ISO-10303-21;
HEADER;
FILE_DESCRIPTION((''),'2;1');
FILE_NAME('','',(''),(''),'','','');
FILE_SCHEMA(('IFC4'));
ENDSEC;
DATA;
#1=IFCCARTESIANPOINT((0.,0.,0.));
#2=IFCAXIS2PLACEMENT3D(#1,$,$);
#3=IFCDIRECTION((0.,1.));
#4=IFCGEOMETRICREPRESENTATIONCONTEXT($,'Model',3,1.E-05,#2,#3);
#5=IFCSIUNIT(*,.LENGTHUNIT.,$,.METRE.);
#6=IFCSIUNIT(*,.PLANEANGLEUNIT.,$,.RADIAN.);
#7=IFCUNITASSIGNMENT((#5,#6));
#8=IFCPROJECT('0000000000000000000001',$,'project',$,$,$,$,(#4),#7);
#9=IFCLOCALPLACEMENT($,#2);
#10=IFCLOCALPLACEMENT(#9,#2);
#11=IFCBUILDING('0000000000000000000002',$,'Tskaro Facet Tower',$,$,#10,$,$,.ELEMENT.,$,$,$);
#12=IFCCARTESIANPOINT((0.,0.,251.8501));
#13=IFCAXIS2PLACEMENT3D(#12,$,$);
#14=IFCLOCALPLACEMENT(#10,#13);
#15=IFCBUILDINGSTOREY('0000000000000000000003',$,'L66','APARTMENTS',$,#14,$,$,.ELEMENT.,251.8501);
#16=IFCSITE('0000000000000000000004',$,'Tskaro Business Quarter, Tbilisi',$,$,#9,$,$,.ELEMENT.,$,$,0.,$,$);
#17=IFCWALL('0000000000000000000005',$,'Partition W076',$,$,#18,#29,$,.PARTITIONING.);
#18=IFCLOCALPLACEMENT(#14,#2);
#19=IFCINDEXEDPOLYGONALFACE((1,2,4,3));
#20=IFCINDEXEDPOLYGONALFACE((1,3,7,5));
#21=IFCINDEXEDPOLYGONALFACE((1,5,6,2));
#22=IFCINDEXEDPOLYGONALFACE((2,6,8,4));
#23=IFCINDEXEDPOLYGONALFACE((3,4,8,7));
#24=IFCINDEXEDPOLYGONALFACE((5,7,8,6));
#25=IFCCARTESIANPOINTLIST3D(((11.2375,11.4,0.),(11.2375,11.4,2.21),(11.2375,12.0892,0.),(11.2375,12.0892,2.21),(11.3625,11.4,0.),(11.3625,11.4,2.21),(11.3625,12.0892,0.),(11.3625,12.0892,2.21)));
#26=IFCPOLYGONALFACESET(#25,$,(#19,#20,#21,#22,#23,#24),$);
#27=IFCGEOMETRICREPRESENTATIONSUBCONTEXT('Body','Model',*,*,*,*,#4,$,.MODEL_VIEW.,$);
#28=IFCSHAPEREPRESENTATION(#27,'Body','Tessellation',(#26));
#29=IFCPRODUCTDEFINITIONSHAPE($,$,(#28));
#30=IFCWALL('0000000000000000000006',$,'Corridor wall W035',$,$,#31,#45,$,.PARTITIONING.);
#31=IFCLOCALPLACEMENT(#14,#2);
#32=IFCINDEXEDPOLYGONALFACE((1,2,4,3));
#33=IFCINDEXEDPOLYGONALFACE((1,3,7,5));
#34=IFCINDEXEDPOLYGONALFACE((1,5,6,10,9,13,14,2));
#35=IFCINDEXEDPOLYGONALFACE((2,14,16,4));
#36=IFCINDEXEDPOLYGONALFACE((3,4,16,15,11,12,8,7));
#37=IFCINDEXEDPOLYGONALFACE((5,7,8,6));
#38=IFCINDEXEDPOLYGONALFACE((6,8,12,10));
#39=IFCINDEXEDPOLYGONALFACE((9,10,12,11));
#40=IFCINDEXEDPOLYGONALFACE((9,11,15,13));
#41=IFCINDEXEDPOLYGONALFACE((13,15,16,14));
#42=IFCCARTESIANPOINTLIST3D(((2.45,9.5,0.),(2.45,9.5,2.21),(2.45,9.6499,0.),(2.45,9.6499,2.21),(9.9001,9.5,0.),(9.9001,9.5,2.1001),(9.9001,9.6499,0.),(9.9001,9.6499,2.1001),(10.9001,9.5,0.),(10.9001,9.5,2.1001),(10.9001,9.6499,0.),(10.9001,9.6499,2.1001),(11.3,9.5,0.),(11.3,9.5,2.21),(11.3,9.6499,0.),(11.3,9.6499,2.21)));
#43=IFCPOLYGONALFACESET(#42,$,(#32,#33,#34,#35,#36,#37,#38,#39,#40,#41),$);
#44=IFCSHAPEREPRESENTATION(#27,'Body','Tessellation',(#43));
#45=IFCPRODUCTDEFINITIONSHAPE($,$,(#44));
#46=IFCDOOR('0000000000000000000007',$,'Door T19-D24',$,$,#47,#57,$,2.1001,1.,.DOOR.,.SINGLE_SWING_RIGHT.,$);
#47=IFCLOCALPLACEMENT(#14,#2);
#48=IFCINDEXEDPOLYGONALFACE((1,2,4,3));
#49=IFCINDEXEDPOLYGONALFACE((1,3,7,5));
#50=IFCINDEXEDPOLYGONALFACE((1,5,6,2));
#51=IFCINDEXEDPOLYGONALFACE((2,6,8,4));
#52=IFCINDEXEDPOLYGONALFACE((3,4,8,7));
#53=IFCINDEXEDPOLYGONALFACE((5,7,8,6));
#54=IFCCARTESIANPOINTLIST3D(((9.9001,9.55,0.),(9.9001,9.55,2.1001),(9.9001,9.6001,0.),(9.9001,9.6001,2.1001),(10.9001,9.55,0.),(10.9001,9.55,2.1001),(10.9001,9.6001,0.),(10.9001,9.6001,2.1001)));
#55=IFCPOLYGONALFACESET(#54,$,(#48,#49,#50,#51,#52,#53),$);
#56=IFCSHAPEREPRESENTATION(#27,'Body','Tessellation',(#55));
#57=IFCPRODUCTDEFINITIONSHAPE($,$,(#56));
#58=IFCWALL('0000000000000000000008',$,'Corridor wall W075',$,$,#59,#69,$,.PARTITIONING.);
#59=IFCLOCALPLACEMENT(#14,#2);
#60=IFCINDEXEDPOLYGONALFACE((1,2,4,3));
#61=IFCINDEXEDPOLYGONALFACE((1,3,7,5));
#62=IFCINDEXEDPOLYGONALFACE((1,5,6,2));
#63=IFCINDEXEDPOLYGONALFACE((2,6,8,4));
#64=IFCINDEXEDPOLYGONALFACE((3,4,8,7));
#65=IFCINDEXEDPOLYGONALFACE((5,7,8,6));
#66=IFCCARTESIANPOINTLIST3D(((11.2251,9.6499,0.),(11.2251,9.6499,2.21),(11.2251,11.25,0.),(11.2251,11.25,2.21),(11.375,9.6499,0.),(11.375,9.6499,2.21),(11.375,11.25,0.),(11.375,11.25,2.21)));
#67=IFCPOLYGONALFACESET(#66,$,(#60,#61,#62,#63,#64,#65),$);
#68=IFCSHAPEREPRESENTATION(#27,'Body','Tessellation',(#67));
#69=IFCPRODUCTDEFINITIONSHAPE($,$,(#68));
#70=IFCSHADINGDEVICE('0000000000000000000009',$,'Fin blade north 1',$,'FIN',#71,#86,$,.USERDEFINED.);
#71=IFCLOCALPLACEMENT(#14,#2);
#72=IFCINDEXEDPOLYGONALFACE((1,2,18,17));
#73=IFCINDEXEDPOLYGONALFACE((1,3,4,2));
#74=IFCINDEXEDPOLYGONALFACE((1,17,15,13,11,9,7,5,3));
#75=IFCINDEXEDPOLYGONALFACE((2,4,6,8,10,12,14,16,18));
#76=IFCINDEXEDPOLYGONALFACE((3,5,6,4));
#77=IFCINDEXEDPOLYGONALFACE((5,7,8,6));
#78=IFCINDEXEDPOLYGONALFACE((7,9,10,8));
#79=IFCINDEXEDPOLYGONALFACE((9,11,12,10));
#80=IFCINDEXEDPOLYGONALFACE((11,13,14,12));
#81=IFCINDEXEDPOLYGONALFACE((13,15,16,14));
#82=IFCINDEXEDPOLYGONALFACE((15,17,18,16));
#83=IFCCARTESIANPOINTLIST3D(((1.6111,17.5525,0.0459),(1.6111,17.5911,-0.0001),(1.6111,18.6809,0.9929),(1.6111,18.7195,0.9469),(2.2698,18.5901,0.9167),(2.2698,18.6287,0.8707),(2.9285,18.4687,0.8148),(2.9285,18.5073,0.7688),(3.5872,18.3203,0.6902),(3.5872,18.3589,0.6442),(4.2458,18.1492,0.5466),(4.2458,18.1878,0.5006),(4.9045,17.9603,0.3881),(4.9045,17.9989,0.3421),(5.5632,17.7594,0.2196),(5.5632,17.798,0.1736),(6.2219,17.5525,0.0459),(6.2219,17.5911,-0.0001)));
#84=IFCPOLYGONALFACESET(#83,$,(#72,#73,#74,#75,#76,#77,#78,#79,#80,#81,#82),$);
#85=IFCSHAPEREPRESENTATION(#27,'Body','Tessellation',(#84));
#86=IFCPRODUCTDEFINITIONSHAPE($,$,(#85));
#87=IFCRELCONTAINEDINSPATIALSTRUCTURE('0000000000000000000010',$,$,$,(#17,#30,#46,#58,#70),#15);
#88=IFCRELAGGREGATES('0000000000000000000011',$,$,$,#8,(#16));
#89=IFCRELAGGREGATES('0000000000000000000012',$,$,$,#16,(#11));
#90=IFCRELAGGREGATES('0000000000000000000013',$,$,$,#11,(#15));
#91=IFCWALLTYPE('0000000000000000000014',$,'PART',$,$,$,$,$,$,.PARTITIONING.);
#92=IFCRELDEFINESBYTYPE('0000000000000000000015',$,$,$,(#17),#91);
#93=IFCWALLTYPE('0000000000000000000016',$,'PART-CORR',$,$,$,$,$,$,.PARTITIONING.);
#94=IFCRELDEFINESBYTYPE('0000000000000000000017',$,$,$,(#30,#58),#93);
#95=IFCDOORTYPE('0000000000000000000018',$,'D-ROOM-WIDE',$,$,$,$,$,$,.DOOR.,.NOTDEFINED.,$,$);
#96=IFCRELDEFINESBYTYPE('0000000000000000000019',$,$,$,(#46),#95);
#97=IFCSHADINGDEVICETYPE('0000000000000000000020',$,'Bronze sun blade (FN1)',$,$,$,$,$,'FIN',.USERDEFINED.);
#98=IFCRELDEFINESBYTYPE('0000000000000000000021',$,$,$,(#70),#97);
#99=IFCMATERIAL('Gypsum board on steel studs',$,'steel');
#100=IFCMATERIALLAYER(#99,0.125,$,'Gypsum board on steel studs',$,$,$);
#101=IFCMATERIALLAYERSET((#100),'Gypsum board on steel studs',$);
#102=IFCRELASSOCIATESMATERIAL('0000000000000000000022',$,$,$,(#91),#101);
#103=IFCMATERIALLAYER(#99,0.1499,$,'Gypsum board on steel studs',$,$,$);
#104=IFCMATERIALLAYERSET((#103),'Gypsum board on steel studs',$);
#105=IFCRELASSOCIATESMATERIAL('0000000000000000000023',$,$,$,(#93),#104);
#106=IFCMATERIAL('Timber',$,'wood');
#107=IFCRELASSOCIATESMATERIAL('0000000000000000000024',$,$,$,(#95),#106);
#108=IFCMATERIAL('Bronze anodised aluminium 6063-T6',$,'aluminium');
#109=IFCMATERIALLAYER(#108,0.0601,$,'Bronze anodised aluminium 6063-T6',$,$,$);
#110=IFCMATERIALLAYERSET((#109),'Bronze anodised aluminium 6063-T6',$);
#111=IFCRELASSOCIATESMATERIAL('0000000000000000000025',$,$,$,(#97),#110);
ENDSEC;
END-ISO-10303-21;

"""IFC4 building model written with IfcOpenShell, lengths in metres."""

from ifc_helpers import new_model, si_unit, direction, frame, frame_2d, origin, place, context, subcontext, project, spatial, polyline, rectangle, outline, extrude, material, layer, layer_set, type_object, element, fill, save


model = new_model("IFC4")

# Units and contexts
model_context = context("Model", 3, precision=1e-05, world=origin(), true_north=direction((0.0, 1.0)))
body_context = subcontext(model_context, "Body", "Model", "MODEL_VIEW")
ifc_project = project(units=[si_unit("LENGTHUNIT", "METRE"), si_unit("PLANEANGLEUNIT", "RADIAN")], contexts=[model_context])

# Site, building, storey
site_placement = place(None, origin())
site = spatial("IfcSite", under=ifc_project, at=site_placement, Name="Tskaro Business Quarter, Tbilisi", CompositionType="ELEMENT", RefElevation=0.0)
building_placement = place(site_placement, origin())
building = spatial("IfcBuilding", under=site, at=building_placement, Name="Tskaro Facet Tower", CompositionType="ELEMENT")
storey_placement = place(building_placement, frame((0.0, 0.0, 251.8501)))
storey = spatial("IfcBuildingStorey", under=building, at=storey_placement, Name="L66", Description="APARTMENTS", CompositionType="ELEMENT", Elevation=251.8501)

# Shared definitions
ifc_material_1 = material(Name="Bronze anodised aluminium 6063-T6", Category="aluminium")

# Shared definitions
ifc_material_2 = material(Name="Gypsum board on steel studs", Category="steel")
ifc_layer_1 = layer(ifc_material_2, 0.125, Name="Gypsum board on steel studs")
ifc_layer_set_1 = layer_set([ifc_layer_1], Name="Gypsum board on steel studs")
wall_type_1 = type_object("IfcWallType", Name="PART", PredefinedType="PARTITIONING", material=ifc_layer_set_1)
ifc_material_3 = material(Name="Timber", Category="wood")

# Wall
wall_1_placement = place(storey_placement, frame((11.3, 11.3999, 0.0), z_axis=(0.0, 0.0, 1.0), x_axis=(0.0, 1.0, 0.0)))
element("IfcWall", 1, at=wall_1_placement, inside=storey, type_object=wall_type_1, Name="Partition W076", PredefinedType="PARTITIONING", context=body_context, shape_type="SweptSolid", body=[
    extrude(rectangle(XDim=0.6892, YDim=0.125, at=frame_2d((0.3447, 0.0))), origin(), (0.0, 0.0, 1.0), 2.21),
])

# Wall, opening, door
ifc_layer_2 = layer(ifc_material_2, 0.1499, Name="Gypsum board on steel studs")
ifc_layer_set_2 = layer_set([ifc_layer_2], Name="Gypsum board on steel studs")
wall_type_2 = type_object("IfcWallType", Name="PART-CORR", PredefinedType="PARTITIONING", material=ifc_layer_set_2)
wall_2_placement = place(storey_placement, frame((11.3, 9.575, 0.0), z_axis=(0.0, 0.0, 1.0), x_axis=(-1.0, 0.0, 0.0)))
wall_2 = element("IfcWall", 2, at=wall_2_placement, inside=storey, type_object=wall_type_2, Name="Corridor wall W035", PredefinedType="PARTITIONING", context=body_context, shape_type="SweptSolid", body=[
    extrude(rectangle(XDim=8.8501, YDim=0.1499, at=frame_2d((4.425, 0.0))), origin(), (0.0, 0.0, 1.0), 2.21),
])
opening_1_placement = place(wall_2_placement, frame((0.3999, 0.0, 0.0)))
opening_1 = element("IfcOpeningElement", 3, at=opening_1_placement, cuts=wall_2, PredefinedType="OPENING", context=body_context, shape_type="SweptSolid", body=[
    extrude(rectangle(XDim=1.0, YDim=2.1001, at=frame_2d((0.5, 1.05))), frame((0.0, 0.085, 0.0), z_axis=(0.0, -1.0, 0.0), x_axis=(1.0, 0.0, 0.0)), (0.0, 0.0, 1.0), 0.1699),
])
door_type_1 = type_object("IfcDoorType", Name="D-ROOM-WIDE", OperationType="NOTDEFINED", PredefinedType="DOOR", material=ifc_material_3)
door_1_placement = place(opening_1_placement, origin())
door_1 = element("IfcDoor", 4, at=door_1_placement, inside=storey, type_object=door_type_1, Name="Door T19-D24", OperationType="SINGLE_SWING_RIGHT", OverallHeight=2.1001, OverallWidth=1.0, PredefinedType="DOOR", context=body_context, shape_type="SweptSolid", body=[
    extrude(rectangle(XDim=1.0, YDim=2.1001, at=frame_2d((0.5, 1.05))), frame((0.0, 0.0249, 0.0), z_axis=(0.0, -1.0, 0.0), x_axis=(1.0, 0.0, 0.0)), (0.0, 0.0, 1.0), 0.05),
])
fill(opening_1, door_1)

# Wall
wall_3_placement = place(storey_placement, frame((11.3, 9.6499, 0.0), z_axis=(0.0, 0.0, 1.0), x_axis=(0.0, 1.0, 0.0)))
element("IfcWall", 5, at=wall_3_placement, inside=storey, type_object=wall_type_2, Name="Corridor wall W075", PredefinedType="PARTITIONING", context=body_context, shape_type="SweptSolid", body=[
    extrude(rectangle(XDim=1.6001, YDim=0.1499, at=frame_2d((0.8, 0.0))), origin(), (0.0, 0.0, 1.0), 2.21),
])

# Shading device
ifc_layer_3 = layer(ifc_material_1, 0.0601, Name="Bronze anodised aluminium 6063-T6")
ifc_layer_set_3 = layer_set([ifc_layer_3], Name="Bronze anodised aluminium 6063-T6")
shading_device_type = type_object("IfcShadingDeviceType", Name="Bronze sun blade (FN1)", ElementType="FIN", PredefinedType="USERDEFINED", material=ifc_layer_set_3)
shading_device_placement = place(storey_placement, frame((6.2219, 17.5525, 0.0459), z_axis=(0.000013, -0.642823, 0.766015), x_axis=(-1.0, -0.000009, 0.00001)))
element("IfcShadingDevice", 6, at=shading_device_placement, inside=storey, type_object=shading_device_type, Name="Fin blade north 1", ObjectType="FIN", PredefinedType="USERDEFINED", context=body_context, shape_type="SweptSolid", body=[
    extrude(outline(polyline([(0.0, 0.0), (4.6108, 0.0), (4.6108, -1.4732), (3.9521, -1.3546), (3.2935, -1.1961), (2.6348, -1.0023), (1.9761, -0.7789), (1.3174, -0.5323), (0.6587, -0.2702), (0.0, 0.0)])), origin(), (0.0, 0.0, -1.0), 0.0601),
])

save(model, "model.ifc")
